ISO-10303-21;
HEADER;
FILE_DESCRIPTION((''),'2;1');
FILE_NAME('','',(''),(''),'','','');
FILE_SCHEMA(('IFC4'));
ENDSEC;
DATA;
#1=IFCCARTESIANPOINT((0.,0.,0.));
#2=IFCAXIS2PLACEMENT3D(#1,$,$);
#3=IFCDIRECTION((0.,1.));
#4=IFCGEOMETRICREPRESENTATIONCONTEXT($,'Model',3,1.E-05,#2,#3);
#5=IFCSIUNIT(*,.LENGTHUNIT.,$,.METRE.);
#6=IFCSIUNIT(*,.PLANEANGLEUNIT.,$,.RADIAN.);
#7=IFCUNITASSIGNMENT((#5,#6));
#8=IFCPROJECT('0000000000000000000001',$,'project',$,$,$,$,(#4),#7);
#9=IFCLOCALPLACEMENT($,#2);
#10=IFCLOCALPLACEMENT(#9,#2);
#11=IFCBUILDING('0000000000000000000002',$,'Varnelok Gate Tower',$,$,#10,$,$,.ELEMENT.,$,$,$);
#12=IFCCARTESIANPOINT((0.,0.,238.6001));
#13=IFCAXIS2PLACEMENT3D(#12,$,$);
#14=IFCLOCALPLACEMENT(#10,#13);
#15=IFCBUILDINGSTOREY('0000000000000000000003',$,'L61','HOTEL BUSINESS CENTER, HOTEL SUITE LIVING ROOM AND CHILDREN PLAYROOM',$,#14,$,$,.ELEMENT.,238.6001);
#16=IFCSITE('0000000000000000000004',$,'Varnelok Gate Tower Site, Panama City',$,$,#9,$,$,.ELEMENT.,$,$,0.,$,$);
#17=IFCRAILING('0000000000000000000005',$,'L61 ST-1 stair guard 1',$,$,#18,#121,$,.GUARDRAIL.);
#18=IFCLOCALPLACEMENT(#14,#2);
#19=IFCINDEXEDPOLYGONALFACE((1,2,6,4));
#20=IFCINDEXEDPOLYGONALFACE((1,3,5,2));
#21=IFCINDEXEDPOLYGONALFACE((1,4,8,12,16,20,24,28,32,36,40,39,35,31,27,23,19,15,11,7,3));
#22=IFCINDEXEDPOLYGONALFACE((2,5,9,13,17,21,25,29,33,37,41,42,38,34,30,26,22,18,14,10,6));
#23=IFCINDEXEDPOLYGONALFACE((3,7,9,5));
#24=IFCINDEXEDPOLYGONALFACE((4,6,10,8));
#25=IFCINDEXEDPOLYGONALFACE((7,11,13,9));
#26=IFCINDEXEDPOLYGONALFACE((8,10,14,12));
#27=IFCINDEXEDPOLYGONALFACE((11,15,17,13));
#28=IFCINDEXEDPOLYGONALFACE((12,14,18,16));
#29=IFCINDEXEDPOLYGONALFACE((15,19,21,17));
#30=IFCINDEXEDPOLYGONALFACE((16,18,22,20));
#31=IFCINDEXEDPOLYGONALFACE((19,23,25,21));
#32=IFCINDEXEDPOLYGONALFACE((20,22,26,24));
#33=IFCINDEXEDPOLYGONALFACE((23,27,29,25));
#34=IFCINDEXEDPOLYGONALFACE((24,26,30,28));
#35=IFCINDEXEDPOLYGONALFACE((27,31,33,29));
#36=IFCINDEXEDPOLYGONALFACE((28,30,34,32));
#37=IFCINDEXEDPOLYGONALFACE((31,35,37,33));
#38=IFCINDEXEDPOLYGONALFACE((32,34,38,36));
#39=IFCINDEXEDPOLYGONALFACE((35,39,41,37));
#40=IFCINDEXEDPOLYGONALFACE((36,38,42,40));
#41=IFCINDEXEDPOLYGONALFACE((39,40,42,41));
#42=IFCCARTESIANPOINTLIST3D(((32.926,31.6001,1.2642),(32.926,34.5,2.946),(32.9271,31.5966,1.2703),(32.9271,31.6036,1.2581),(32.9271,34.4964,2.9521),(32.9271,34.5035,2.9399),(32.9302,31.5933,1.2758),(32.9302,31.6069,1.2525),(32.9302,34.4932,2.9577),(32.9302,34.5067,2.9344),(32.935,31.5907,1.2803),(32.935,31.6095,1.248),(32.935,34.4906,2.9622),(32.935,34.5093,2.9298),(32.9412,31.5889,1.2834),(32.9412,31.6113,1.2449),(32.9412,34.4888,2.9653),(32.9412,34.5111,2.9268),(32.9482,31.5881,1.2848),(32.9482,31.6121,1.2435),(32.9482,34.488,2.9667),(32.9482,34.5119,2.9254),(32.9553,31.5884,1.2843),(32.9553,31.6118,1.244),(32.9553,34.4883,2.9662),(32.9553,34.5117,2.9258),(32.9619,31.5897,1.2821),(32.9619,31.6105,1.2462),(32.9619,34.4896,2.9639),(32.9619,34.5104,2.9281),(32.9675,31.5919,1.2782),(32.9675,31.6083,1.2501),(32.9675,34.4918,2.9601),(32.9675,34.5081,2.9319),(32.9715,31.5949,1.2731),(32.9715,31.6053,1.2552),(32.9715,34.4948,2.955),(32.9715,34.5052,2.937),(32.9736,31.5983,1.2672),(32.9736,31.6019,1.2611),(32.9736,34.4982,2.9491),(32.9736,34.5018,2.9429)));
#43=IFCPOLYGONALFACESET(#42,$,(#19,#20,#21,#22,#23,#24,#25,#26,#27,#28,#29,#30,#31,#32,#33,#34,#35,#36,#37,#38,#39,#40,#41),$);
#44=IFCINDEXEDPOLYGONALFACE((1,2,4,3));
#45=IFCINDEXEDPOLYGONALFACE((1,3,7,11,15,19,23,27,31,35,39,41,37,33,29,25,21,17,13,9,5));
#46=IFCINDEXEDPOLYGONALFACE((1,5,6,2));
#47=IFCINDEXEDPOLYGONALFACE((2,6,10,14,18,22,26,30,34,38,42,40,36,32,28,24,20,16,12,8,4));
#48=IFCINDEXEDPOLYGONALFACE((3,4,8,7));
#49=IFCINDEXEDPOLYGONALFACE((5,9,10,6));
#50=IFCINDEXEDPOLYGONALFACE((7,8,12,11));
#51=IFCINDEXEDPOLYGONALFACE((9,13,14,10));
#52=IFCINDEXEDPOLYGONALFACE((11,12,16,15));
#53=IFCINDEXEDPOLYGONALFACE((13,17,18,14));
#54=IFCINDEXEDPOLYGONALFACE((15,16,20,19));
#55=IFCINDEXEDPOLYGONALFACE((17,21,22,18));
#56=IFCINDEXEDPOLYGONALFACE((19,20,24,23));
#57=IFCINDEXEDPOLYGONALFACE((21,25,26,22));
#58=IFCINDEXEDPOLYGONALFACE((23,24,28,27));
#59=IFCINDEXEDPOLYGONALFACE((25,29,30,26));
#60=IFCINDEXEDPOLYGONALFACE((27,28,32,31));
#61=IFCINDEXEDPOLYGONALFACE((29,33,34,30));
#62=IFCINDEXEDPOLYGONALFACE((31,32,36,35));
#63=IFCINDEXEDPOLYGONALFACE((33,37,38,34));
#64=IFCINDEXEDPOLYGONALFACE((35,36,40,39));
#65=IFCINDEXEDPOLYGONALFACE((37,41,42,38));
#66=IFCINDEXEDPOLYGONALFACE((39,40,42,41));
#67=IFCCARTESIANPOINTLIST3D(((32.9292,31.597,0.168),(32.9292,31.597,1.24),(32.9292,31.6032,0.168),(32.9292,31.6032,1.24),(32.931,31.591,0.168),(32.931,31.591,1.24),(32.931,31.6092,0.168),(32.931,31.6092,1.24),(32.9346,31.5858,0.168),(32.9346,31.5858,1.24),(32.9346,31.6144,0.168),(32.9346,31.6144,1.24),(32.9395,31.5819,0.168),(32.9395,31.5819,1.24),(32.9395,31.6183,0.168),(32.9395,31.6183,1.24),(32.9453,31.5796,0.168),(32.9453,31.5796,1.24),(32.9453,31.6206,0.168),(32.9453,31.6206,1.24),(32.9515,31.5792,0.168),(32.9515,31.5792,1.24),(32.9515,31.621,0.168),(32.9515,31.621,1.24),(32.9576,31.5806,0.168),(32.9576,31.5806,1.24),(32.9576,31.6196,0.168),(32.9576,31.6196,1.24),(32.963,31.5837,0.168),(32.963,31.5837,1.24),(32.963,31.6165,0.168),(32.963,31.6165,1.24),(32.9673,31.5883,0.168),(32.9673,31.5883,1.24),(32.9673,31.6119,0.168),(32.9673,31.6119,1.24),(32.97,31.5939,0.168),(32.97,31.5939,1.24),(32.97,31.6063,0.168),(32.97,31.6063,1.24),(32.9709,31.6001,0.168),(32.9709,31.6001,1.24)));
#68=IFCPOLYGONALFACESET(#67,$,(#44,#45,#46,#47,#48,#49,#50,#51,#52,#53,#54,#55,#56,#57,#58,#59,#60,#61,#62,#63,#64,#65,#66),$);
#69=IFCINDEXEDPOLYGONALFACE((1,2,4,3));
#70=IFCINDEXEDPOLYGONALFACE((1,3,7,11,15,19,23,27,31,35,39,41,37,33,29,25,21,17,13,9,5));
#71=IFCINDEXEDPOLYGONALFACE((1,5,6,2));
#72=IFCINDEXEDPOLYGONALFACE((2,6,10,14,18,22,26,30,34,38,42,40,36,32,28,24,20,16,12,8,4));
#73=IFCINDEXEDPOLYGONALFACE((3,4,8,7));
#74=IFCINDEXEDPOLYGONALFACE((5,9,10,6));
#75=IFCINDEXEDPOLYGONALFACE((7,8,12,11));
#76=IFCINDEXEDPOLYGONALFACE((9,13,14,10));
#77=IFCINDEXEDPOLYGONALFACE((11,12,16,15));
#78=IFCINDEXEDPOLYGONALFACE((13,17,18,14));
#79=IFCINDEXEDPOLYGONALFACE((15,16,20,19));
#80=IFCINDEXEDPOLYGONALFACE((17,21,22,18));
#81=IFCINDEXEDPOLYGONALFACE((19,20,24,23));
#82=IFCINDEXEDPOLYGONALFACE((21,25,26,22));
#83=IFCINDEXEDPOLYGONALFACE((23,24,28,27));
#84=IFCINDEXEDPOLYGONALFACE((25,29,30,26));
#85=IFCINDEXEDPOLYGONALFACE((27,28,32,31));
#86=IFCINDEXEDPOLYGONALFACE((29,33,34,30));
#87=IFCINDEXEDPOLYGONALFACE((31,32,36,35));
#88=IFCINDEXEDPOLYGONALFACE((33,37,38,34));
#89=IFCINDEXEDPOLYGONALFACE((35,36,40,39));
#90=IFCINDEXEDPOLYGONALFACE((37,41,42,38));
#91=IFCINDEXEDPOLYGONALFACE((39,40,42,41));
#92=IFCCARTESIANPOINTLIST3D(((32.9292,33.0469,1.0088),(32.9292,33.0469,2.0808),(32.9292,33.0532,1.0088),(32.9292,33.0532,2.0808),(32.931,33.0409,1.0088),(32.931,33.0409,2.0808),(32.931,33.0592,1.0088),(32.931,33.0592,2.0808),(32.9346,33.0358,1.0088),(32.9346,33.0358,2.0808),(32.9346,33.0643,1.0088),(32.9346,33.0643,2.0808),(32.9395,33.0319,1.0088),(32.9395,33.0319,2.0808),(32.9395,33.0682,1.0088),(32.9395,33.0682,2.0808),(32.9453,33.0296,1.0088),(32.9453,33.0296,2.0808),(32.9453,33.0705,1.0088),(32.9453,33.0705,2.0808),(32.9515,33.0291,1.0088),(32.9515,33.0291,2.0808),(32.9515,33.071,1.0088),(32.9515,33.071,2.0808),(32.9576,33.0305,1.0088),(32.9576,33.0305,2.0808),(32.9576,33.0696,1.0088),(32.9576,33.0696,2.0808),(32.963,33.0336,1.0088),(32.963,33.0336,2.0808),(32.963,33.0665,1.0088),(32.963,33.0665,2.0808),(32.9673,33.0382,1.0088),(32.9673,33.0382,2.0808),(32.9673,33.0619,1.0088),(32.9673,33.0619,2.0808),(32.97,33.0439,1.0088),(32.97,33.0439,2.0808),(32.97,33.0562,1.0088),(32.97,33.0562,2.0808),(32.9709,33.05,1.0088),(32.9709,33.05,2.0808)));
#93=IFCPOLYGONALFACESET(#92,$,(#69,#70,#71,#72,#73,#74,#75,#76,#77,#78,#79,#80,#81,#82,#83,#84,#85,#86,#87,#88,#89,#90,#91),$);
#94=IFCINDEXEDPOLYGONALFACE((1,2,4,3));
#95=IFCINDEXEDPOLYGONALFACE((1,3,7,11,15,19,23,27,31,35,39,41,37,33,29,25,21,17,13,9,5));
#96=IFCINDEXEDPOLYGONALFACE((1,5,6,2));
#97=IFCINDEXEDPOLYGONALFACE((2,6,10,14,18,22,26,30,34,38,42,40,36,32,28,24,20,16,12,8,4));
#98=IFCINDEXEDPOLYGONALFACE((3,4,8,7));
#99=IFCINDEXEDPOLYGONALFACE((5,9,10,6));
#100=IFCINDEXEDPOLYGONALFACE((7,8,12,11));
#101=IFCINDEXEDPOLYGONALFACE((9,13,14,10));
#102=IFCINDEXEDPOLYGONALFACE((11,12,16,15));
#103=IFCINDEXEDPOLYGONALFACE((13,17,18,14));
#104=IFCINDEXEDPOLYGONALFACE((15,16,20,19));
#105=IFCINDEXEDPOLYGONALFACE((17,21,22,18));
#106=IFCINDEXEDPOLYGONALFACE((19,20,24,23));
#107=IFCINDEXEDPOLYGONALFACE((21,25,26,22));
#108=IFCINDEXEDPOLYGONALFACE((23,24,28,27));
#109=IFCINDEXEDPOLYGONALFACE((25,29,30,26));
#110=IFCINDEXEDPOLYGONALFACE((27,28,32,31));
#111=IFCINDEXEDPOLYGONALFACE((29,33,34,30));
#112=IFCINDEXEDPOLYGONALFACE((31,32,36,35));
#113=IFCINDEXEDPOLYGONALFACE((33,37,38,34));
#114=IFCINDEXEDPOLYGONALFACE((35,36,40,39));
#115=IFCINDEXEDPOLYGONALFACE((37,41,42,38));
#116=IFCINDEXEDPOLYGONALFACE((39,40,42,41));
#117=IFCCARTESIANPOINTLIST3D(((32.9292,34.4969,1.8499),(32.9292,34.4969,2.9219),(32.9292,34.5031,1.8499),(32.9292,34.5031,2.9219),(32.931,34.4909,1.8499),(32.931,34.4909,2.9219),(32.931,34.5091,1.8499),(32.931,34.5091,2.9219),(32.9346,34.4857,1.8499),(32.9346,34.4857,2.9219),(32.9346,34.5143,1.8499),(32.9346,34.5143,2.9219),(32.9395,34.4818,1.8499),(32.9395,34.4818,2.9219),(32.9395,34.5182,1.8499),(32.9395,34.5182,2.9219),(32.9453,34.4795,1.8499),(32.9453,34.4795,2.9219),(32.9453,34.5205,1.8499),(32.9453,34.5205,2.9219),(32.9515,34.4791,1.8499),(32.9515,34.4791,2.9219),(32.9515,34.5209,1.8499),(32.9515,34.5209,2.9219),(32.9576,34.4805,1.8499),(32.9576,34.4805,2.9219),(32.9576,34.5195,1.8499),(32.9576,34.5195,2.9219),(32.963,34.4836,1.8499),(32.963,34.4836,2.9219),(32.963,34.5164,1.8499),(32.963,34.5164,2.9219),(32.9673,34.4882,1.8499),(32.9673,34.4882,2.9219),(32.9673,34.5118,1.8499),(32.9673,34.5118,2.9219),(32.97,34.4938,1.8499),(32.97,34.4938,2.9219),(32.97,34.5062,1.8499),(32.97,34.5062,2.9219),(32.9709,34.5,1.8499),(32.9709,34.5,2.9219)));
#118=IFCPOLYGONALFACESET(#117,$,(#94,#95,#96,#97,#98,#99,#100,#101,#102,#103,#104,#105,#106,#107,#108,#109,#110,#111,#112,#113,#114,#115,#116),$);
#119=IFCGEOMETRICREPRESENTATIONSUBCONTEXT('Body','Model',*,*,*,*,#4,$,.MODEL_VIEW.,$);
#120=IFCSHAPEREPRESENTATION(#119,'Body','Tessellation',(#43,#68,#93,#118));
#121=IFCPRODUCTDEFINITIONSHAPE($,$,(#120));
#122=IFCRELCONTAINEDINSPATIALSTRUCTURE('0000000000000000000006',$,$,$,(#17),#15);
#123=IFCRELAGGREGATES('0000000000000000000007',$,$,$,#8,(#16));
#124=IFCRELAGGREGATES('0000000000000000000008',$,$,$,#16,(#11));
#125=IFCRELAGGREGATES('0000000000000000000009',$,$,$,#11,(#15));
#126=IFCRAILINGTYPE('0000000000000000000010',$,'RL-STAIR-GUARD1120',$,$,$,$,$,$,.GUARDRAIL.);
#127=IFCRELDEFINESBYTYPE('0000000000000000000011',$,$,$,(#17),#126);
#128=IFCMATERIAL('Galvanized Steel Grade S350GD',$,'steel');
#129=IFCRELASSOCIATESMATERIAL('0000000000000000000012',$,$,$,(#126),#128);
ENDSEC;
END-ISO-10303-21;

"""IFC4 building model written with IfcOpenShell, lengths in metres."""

from ifc_helpers import new_model, si_unit, direction, frame, origin, origin_2d, place, context, subcontext, project, spatial, circle, extrude, material, type_object, element, save


model = new_model("IFC4")

# Units and contexts
model_context = context("Model", 3, precision=1e-05, world=origin(), true_north=direction((0.0, 1.0)))
body_context = subcontext(model_context, "Body", "Model", "MODEL_VIEW")
ifc_project = project(units=[si_unit("LENGTHUNIT", "METRE"), si_unit("PLANEANGLEUNIT", "RADIAN")], contexts=[model_context])

# Site, building, storey
site_placement = place(None, origin())
site = spatial("IfcSite", under=ifc_project, at=site_placement, Name="Varnelok Gate Tower Site, Panama City", CompositionType="ELEMENT", RefElevation=0.0)
building_placement = place(site_placement, origin())
building = spatial("IfcBuilding", under=site, at=building_placement, Name="Varnelok Gate Tower", CompositionType="ELEMENT")
storey_placement = place(building_placement, frame((0.0, 0.0, 238.6001)))
storey = spatial("IfcBuildingStorey", under=building, at=storey_placement, Name="L61", Description="HOTEL BUSINESS CENTER, HOTEL SUITE LIVING ROOM AND CHILDREN PLAYROOM", CompositionType="ELEMENT", Elevation=238.6001)

# Shared definitions
ifc_material_1 = material(Name="Galvanized Steel Grade S350GD", Category="steel")

# Railing
railing_type_1 = type_object("IfcRailingType", Name="RL-STAIR-GUARD1120", PredefinedType="GUARDRAIL", material=ifc_material_1)
railing_1_placement = place(storey_placement, frame((32.95, 31.6001, 0.168)))
element("IfcRailing", 1, at=railing_1_placement, inside=storey, type_object=railing_type_1, Name="L61 ST-1 stair guard 1", PredefinedType="GUARDRAIL", context=body_context, shape_type="SweptSolid", body=[
    extrude(circle(Radius=0.0239, at=origin_2d()), frame((0.0, 0.0, 1.0962), z_axis=(0.0, 0.865039, 0.501705), x_axis=(-1.0, 0.0, 0.0)), (0.0, 0.0, 1.0), 3.3523),
    extrude(circle(Radius=0.021, at=origin_2d()), origin(), (0.0, 0.0, 1.0), 1.072),
    extrude(circle(Radius=0.021, at=origin_2d()), frame((0.0, 1.45, 0.8408)), (0.0, 0.0, 1.0), 1.072),
    extrude(circle(Radius=0.021, at=origin_2d()), frame((0.0, 2.8999, 1.6819)), (0.0, 0.0, 1.0), 1.072),
])

save(model, "model.ifc")
